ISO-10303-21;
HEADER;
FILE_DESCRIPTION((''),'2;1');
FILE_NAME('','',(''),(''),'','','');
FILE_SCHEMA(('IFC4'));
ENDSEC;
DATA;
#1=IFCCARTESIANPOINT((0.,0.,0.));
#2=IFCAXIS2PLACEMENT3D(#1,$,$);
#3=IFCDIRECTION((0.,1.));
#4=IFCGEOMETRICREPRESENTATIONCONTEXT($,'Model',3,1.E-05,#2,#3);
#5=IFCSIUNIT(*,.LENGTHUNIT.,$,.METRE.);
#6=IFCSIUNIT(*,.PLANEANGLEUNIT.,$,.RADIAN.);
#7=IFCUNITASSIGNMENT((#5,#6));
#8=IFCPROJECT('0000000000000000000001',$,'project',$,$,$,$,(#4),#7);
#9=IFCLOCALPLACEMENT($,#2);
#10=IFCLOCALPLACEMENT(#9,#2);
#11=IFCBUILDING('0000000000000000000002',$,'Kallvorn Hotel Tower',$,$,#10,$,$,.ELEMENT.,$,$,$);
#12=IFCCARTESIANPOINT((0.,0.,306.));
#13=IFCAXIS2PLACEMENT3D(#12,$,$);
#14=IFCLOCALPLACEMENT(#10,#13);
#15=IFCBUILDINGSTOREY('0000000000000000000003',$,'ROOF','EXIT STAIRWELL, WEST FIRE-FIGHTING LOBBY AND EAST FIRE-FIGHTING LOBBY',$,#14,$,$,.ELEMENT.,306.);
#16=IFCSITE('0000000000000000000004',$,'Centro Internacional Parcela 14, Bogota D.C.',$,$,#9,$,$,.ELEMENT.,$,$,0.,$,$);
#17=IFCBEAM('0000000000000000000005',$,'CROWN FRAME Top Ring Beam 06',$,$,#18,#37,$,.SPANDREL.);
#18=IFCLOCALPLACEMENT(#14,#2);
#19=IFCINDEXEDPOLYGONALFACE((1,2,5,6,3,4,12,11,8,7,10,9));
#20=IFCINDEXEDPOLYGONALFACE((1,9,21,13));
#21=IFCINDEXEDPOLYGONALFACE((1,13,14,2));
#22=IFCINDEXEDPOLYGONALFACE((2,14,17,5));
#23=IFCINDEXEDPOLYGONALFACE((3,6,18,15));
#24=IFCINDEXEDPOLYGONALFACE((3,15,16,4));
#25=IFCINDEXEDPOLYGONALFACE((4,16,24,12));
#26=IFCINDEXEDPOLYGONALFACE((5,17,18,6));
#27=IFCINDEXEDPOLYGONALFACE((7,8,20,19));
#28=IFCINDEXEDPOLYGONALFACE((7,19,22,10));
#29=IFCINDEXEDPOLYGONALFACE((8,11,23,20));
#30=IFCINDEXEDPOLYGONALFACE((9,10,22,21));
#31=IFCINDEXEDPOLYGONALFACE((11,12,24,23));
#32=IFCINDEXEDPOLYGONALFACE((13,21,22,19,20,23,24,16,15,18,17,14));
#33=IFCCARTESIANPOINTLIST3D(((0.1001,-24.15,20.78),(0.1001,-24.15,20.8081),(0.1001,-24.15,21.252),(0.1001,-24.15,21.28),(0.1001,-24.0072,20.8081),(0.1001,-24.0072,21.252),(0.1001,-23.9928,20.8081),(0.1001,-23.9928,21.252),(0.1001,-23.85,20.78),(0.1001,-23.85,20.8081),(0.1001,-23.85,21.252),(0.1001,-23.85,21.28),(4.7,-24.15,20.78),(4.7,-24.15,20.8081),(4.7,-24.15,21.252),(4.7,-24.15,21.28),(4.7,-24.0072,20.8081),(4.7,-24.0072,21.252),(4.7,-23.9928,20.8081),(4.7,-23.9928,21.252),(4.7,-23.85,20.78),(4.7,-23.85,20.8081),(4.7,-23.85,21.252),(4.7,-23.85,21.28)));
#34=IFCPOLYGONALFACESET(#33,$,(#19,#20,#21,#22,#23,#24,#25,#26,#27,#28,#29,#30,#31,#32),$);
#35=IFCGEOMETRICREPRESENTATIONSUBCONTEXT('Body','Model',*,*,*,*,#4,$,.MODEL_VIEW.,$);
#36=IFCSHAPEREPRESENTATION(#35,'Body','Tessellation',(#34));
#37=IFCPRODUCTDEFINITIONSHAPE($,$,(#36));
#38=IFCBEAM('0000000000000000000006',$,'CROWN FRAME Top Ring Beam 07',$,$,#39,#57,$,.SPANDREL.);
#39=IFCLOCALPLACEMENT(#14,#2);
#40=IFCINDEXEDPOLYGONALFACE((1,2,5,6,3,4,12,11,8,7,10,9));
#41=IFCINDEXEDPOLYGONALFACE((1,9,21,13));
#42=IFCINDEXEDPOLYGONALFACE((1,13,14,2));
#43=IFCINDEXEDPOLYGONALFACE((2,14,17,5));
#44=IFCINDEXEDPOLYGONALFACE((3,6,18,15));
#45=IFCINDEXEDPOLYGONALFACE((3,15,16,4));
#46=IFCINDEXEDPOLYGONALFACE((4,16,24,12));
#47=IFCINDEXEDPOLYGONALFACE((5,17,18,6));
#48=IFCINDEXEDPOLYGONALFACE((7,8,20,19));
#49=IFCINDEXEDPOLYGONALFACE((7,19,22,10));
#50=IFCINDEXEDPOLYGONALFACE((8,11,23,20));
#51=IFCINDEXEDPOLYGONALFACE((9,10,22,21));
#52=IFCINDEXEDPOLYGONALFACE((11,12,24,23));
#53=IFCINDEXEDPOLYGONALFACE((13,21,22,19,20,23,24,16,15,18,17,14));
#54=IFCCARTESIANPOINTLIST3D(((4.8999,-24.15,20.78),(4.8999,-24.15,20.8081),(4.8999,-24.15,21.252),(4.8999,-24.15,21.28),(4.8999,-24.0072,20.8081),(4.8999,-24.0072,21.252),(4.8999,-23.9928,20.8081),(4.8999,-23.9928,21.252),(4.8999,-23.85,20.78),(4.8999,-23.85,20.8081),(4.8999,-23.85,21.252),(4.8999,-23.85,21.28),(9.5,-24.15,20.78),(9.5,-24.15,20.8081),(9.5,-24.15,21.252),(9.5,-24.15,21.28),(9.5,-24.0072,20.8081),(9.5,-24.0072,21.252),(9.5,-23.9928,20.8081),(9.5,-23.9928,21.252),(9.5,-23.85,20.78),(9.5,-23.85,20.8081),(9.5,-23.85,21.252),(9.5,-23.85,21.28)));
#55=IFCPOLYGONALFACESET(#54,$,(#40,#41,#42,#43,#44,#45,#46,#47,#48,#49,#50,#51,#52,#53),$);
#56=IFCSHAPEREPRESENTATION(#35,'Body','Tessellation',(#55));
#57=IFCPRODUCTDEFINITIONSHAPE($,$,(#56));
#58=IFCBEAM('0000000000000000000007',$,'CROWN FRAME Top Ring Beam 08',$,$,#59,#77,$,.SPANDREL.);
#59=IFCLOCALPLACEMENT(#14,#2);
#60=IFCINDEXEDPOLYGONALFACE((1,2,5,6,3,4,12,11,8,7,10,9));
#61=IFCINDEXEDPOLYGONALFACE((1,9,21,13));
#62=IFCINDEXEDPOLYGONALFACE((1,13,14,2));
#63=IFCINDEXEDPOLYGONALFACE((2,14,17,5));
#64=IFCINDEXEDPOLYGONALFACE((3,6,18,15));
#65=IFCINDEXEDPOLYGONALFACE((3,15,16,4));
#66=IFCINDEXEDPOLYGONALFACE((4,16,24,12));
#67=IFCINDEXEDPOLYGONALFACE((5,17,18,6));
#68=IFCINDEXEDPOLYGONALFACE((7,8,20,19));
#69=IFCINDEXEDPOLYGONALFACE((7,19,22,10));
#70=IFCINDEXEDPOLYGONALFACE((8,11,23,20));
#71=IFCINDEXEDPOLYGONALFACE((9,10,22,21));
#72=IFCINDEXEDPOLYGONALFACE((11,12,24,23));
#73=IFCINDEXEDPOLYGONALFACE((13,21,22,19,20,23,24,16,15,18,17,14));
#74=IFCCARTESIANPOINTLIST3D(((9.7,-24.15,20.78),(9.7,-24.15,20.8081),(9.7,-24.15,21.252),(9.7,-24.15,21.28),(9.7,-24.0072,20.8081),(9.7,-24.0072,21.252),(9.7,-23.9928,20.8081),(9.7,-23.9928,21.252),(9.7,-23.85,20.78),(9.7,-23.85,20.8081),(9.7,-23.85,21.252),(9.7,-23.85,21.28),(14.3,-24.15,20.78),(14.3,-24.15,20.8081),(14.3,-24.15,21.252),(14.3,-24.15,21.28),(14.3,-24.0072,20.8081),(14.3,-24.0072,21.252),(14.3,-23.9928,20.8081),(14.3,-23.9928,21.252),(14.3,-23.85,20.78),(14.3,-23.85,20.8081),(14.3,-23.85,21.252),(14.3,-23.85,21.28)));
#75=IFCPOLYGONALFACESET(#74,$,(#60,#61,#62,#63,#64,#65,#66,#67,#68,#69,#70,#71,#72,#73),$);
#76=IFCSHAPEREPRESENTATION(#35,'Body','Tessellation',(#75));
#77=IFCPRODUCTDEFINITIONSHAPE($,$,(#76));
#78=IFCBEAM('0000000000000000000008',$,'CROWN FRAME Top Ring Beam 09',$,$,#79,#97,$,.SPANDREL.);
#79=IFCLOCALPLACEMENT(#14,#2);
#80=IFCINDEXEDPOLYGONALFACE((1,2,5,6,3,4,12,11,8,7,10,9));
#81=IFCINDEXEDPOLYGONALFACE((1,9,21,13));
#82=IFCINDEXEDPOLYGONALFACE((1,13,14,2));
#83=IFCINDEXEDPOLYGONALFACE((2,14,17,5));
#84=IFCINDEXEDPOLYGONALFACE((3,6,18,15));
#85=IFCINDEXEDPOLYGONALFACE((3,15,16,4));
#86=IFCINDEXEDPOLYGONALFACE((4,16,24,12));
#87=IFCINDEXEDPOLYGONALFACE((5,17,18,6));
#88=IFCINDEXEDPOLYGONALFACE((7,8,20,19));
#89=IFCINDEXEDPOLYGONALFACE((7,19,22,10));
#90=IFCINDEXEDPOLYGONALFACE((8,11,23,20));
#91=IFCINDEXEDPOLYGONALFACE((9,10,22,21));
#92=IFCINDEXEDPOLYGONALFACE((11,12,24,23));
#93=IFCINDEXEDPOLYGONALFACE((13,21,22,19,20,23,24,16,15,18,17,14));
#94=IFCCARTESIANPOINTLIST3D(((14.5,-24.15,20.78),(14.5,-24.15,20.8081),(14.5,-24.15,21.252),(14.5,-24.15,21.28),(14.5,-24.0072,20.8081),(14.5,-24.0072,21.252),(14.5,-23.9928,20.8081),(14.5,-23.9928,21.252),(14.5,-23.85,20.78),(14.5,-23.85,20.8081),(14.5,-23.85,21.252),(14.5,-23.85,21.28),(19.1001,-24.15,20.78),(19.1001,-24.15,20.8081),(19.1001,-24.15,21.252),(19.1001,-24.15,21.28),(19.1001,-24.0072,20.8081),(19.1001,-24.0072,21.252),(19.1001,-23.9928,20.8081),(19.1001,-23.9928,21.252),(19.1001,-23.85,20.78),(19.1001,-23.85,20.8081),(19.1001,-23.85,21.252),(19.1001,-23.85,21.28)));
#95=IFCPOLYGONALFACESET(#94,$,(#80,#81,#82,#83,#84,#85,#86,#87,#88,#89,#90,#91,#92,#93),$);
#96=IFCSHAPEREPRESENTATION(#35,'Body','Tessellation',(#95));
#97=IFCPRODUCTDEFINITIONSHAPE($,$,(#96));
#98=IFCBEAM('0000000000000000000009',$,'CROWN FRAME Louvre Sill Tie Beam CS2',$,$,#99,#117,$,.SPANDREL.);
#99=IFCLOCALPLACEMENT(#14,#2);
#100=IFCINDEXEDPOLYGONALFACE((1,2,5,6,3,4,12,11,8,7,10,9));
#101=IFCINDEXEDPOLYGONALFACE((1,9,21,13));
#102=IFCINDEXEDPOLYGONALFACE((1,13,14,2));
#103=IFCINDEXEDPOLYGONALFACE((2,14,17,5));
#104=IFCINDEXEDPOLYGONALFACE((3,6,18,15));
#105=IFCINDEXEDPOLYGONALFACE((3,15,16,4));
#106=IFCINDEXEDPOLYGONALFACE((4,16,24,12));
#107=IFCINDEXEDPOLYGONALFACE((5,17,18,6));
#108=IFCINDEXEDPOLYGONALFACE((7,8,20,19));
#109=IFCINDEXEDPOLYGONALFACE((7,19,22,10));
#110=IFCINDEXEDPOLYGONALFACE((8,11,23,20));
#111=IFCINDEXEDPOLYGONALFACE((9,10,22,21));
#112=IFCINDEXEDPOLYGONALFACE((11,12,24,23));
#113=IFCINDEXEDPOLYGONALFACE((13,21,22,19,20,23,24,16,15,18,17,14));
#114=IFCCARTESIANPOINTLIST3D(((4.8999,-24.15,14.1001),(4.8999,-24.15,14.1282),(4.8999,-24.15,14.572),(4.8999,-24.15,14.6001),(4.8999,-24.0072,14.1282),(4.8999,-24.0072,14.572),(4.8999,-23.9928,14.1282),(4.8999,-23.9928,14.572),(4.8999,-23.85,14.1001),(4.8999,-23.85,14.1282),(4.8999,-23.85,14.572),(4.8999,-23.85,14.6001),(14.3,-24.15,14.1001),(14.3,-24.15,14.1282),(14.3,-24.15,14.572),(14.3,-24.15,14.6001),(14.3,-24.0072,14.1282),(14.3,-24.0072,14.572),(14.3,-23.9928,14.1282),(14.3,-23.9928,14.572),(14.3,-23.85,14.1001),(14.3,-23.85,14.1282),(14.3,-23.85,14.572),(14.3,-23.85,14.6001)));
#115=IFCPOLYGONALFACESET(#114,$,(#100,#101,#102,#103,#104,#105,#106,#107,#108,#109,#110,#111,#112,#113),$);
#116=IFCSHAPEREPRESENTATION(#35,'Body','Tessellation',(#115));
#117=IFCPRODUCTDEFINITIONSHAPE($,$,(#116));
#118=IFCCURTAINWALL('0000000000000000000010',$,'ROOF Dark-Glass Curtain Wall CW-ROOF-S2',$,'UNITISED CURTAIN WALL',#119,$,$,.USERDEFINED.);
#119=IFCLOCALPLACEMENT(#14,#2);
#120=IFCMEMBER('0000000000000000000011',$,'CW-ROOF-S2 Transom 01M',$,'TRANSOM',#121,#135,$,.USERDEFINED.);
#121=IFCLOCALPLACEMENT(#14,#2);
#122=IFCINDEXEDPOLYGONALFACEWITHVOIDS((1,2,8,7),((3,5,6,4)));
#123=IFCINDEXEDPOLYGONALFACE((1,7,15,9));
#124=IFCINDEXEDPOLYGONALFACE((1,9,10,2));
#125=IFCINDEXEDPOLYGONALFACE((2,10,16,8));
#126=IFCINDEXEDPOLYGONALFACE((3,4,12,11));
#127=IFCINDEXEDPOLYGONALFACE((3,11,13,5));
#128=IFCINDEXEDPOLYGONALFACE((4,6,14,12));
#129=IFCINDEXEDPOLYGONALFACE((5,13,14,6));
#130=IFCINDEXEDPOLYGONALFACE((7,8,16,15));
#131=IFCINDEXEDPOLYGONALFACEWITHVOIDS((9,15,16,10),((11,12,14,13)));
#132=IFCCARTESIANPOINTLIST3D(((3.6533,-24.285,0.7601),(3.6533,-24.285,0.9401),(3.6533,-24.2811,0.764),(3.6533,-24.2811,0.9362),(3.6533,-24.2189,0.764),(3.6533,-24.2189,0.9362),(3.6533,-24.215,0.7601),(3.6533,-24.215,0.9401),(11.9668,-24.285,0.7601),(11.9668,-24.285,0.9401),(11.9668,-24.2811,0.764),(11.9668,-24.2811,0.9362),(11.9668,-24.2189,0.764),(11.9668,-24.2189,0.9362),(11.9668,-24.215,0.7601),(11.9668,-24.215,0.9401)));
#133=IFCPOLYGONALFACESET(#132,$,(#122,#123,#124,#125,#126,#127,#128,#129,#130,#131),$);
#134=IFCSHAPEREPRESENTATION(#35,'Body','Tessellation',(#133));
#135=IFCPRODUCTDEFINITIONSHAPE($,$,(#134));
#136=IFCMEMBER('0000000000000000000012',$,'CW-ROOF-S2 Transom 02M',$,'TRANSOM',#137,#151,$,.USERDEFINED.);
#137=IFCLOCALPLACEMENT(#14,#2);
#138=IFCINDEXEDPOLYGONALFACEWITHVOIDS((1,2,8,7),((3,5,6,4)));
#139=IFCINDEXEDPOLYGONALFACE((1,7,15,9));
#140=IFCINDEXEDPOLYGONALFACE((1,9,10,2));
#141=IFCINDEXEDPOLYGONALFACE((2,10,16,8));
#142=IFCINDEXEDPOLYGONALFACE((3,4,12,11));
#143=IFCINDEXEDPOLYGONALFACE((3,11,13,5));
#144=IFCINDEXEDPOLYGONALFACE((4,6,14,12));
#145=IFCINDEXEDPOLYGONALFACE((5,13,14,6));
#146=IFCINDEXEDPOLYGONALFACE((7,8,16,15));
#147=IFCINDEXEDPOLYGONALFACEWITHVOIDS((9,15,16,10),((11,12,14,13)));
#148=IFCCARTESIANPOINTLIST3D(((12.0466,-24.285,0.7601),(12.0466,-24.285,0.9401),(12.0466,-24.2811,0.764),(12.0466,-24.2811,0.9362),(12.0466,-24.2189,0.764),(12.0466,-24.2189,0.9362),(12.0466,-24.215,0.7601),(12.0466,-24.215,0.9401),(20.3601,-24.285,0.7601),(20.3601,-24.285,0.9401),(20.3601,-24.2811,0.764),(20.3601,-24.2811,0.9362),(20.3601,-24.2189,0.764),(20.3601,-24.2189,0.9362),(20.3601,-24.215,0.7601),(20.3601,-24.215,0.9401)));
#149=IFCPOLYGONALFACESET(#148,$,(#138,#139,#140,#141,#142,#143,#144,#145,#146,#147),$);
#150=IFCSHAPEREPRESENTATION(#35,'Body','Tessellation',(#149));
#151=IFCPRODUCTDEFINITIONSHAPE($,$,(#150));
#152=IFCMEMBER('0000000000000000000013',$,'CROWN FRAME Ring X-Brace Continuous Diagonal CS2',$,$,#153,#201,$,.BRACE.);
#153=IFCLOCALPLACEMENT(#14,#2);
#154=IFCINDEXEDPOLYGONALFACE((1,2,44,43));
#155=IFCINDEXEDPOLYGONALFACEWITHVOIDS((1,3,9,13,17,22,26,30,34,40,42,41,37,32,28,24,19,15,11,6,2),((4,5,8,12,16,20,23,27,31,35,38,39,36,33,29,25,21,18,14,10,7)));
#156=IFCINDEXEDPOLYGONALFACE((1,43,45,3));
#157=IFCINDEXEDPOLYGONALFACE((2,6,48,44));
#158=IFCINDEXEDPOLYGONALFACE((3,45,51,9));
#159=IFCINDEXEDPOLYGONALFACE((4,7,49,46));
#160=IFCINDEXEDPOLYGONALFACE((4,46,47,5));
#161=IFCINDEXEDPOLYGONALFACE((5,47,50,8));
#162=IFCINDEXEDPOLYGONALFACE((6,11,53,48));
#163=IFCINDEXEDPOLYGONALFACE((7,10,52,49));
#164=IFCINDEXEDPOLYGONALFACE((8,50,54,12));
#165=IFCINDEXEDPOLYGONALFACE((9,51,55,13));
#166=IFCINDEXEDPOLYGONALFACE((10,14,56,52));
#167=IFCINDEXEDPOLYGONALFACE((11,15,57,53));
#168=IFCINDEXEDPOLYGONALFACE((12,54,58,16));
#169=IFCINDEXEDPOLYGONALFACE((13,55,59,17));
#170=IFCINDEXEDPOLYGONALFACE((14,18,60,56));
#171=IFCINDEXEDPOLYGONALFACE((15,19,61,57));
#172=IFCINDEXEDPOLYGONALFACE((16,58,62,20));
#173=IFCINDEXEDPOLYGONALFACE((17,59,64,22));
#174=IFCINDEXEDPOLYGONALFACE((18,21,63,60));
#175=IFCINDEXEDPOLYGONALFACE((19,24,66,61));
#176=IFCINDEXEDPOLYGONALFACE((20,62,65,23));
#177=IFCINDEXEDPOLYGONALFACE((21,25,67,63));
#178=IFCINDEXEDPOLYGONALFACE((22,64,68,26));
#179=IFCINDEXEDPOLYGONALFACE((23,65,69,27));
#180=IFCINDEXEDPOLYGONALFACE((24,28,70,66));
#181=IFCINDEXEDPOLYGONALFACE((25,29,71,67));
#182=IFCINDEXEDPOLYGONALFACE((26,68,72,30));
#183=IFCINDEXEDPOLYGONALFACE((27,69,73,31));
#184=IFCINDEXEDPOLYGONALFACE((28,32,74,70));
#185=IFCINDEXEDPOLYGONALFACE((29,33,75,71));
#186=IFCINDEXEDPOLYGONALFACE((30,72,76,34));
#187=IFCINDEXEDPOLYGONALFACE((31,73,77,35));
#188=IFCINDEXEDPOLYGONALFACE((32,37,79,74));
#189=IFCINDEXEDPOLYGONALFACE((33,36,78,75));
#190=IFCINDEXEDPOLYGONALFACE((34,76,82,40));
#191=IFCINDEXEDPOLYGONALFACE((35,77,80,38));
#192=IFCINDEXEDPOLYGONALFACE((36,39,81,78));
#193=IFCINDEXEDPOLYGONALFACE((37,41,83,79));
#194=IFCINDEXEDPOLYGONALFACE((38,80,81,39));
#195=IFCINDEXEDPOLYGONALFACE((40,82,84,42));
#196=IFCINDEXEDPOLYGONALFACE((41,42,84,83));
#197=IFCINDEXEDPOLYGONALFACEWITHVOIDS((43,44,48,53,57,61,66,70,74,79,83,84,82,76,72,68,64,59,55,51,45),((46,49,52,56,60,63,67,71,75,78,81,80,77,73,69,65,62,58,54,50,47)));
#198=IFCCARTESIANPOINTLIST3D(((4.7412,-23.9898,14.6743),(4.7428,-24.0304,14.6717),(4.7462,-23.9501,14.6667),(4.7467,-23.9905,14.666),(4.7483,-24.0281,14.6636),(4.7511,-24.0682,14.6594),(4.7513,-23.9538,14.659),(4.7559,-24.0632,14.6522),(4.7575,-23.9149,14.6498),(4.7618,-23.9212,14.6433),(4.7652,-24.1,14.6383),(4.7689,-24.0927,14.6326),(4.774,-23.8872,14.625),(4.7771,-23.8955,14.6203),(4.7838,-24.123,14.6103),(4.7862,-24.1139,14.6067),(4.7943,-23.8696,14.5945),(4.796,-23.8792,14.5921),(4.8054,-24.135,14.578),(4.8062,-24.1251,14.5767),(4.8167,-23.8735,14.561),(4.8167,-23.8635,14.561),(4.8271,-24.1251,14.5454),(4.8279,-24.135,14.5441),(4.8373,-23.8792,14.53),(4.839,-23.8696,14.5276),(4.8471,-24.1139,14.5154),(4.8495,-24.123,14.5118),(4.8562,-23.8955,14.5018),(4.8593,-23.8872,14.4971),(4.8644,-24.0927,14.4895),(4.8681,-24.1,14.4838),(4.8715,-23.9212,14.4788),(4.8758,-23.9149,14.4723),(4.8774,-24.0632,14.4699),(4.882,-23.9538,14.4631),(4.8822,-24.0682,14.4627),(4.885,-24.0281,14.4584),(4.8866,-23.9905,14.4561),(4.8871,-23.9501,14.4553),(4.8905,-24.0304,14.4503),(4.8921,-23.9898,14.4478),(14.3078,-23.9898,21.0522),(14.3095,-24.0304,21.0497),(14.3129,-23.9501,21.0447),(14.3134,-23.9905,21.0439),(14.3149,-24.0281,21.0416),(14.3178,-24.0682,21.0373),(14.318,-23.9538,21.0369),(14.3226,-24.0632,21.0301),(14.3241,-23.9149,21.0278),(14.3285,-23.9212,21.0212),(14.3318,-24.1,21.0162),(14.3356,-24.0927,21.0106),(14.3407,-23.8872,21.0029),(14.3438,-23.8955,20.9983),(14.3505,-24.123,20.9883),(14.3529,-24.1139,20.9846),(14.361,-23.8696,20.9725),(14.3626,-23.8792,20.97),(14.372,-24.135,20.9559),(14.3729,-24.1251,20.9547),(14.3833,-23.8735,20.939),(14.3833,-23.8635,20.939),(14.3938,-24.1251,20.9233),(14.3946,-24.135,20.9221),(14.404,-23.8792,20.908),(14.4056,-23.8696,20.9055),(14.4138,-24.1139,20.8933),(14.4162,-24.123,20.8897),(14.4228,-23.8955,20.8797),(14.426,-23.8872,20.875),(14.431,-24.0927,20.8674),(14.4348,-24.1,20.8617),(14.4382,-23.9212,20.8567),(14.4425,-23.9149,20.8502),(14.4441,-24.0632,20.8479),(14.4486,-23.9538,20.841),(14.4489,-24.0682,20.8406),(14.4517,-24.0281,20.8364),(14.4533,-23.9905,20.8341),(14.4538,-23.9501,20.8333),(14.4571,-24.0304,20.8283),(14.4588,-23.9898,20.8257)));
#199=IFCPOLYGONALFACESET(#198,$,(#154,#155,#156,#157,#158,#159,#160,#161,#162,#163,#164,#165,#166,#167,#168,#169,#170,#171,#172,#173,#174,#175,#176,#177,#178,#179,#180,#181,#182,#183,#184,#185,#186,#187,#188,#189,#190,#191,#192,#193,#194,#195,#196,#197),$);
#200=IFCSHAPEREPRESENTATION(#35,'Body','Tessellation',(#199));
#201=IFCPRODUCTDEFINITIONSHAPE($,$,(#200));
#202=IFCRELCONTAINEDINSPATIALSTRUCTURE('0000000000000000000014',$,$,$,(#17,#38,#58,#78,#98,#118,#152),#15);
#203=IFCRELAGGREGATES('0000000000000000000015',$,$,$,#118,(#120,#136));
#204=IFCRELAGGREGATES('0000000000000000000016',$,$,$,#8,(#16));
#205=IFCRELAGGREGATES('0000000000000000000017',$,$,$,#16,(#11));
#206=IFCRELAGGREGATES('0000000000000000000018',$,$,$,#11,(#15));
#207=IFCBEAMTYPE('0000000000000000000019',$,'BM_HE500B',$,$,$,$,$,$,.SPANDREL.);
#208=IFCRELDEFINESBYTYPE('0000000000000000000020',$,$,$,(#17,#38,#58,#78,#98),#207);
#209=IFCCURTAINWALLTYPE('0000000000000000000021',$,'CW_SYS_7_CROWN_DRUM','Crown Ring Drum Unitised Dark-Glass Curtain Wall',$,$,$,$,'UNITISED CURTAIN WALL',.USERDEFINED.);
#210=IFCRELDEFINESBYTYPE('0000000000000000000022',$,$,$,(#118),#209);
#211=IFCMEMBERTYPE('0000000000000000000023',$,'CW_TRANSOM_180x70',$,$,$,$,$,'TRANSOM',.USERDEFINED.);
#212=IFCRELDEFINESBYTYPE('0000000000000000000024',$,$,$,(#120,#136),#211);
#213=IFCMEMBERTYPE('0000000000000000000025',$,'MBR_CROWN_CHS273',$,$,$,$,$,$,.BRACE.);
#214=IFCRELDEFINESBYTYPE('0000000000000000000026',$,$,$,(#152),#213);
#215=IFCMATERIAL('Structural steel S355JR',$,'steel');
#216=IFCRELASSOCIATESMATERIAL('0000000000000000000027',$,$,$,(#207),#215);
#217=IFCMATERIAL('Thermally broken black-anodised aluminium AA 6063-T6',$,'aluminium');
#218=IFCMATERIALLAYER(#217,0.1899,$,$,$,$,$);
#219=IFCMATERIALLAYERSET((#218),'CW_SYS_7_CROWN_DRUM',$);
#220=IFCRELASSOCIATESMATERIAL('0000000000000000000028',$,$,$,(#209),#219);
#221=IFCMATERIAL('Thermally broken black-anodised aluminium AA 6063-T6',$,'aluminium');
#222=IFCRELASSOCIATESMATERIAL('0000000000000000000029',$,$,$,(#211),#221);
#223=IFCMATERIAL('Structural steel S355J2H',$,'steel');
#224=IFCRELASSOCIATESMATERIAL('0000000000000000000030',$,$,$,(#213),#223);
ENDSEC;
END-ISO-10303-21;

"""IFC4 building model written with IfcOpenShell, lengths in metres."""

from ifc_helpers import new_model, si_unit, direction, frame, origin, origin_2d, place, context, subcontext, project, spatial, hollow_rectangle, hollow_circle, i_section, extrude, material, layer, layer_set, material_profile, profile_set, type_object, element, aggregate, save


model = new_model("IFC4")

# Units and contexts
model_context = context("Model", 3, precision=1e-05, world=origin(), true_north=direction((0.0, 1.0)))
body_context = subcontext(model_context, "Body", "Model", "MODEL_VIEW")
ifc_project = project(units=[si_unit("LENGTHUNIT", "METRE"), si_unit("PLANEANGLEUNIT", "RADIAN")], contexts=[model_context])

# Site, building, storey
site_placement = place(None, origin())
site = spatial("IfcSite", under=ifc_project, at=site_placement, Name="Centro Internacional Parcela 14, Bogota D.C.", CompositionType="ELEMENT", RefElevation=0.0)
building_placement = place(site_placement, origin())
building = spatial("IfcBuilding", under=site, at=building_placement, Name="Kallvorn Hotel Tower", CompositionType="ELEMENT")
storey_placement = place(building_placement, frame((0.0, 0.0, 306.0)))
storey = spatial("IfcBuildingStorey", under=building, at=storey_placement, Name="ROOF", Description="EXIT STAIRWELL, WEST FIRE-FIGHTING LOBBY AND EAST FIRE-FIGHTING LOBBY", CompositionType="ELEMENT", Elevation=306.0)

# Beams
ifc_material_1 = material(Name="Structural steel S355JR", Category="steel")
ifc_material_profile_1 = material_profile(ifc_material_1, i_section(OverallWidth=0.3, OverallDepth=0.5, WebThickness=0.0144, FlangeThickness=0.0281, at=origin_2d()), Name="HE 500 B")
ifc_profile_set_1 = profile_set([ifc_material_profile_1], Name="Structural steel S355JR")
beam_type = type_object("IfcBeamType", Name="BM_HE500B", PredefinedType="SPANDREL", material=ifc_profile_set_1)
beam_1_placement = place(storey_placement, frame((0.1001, -24.0, 21.03), z_axis=(1.0, 0.0, 0.0), x_axis=(0.0, 1.0, 0.0)))
element("IfcBeam", 1, at=beam_1_placement, inside=storey, type_object=beam_type, Name="CROWN FRAME Top Ring Beam 06", PredefinedType="SPANDREL", context=body_context, shape_type="SweptSolid", body=[
    extrude(i_section(OverallWidth=0.3, OverallDepth=0.5, WebThickness=0.0144, FlangeThickness=0.0281, at=origin_2d()), origin(), (0.0, 0.0, 1.0), 4.5999),
])
for number, where, z_axis, x_axis, name in (
    (2, (4.8999, -24.0, 21.03), (1.0, 0.0, 0.0), (0.0, 1.0, 0.0), "CROWN FRAME Top Ring Beam 07"),
    (3, (9.7, -24.0, 21.03), (1.0, 0.0, 0.0), (0.0, 1.0, 0.0), "CROWN FRAME Top Ring Beam 08"),
    (4, (14.5, -24.0, 21.03), (1.0, 0.0, 0.0), (0.0, 1.0, 0.0), "CROWN FRAME Top Ring Beam 09"),
):
    element("IfcBeam", number, at=place(storey_placement, frame(where, z_axis=z_axis, x_axis=x_axis)), inside=storey, type_object=beam_type, Name=name, PredefinedType="SPANDREL", context=body_context, shape_type="SweptSolid", body=[
        extrude(i_section(OverallWidth=0.3, OverallDepth=0.5, WebThickness=0.0144, FlangeThickness=0.0281, at=origin_2d()), origin(), (0.0, 0.0, 1.0), 4.6001),
    ])
beam_2_placement = place(storey_placement, frame((4.8999, -24.0, 14.3501), z_axis=(1.0, 0.0, 0.0), x_axis=(0.0, 1.0, 0.0)))
element("IfcBeam", 5, at=beam_2_placement, inside=storey, type_object=beam_type, Name="CROWN FRAME Louvre Sill Tie Beam CS2", PredefinedType="SPANDREL", context=body_context, shape_type="SweptSolid", body=[
    extrude(i_section(OverallWidth=0.3, OverallDepth=0.5, WebThickness=0.0144, FlangeThickness=0.0281, at=origin_2d()), origin(), (0.0, 0.0, 1.0), 9.4001),
])

# Curtain wall, members
ifc_material_2 = material(Name="Thermally broken black-anodised aluminium AA 6063-T6", Category="aluminium")
ifc_layer_1 = layer(ifc_material_2, 0.1899)
ifc_layer_set_1 = layer_set([ifc_layer_1], Name="CW_SYS_7_CROWN_DRUM")
curtain_wall_type = type_object("IfcCurtainWallType", Name="CW_SYS_7_CROWN_DRUM", Description="Crown Ring Drum Unitised Dark-Glass Curtain Wall", ElementType="UNITISED CURTAIN WALL", PredefinedType="USERDEFINED", material=ifc_layer_set_1)
curtain_wall_placement = place(storey_placement, origin())
curtain_wall = element("IfcCurtainWall", 6, at=curtain_wall_placement, inside=storey, type_object=curtain_wall_type, Name="ROOF Dark-Glass Curtain Wall CW-ROOF-S2", ObjectType="UNITISED CURTAIN WALL", PredefinedType="USERDEFINED")
ifc_material_3 = material(Name="Thermally broken black-anodised aluminium AA 6063-T6", Category="aluminium")
ifc_material_profile_2 = material_profile(ifc_material_3, hollow_rectangle(XDim=0.0701, YDim=0.1799, WallThickness=0.0039, at=origin_2d()), Name="TRN 180x70")
ifc_profile_set_2 = profile_set([ifc_material_profile_2], Name="Thermally broken black-anodised aluminium AA 6063-T6")
member_type_1 = type_object("IfcMemberType", Name="CW_TRANSOM_180x70", ElementType="TRANSOM", PredefinedType="USERDEFINED", material=ifc_profile_set_2)
member_1_placement = place(storey_placement, frame((3.6533, -24.25, 0.8501), z_axis=(1.0, 0.0, 0.0), x_axis=(0.0, 1.0, 0.0)))
member_1 = element("IfcMember", 7, at=member_1_placement, type_object=member_type_1, Name="CW-ROOF-S2 Transom 01M", ObjectType="TRANSOM", PredefinedType="USERDEFINED", context=body_context, shape_type="SweptSolid", body=[
    extrude(hollow_rectangle(XDim=0.0701, YDim=0.1799, WallThickness=0.0039, at=origin_2d()), origin(), (0.0, 0.0, 1.0), 8.3135),
])
member_2_placement = place(storey_placement, frame((12.0466, -24.25, 0.8501), z_axis=(1.0, 0.0, 0.0), x_axis=(0.0, 1.0, 0.0)))
member_2 = element("IfcMember", 8, at=member_2_placement, type_object=member_type_1, Name="CW-ROOF-S2 Transom 02M", ObjectType="TRANSOM", PredefinedType="USERDEFINED", context=body_context, shape_type="SweptSolid", body=[
    extrude(hollow_rectangle(XDim=0.0701, YDim=0.1799, WallThickness=0.0039, at=origin_2d()), origin(), (0.0, 0.0, 1.0), 8.3135),
])
aggregate(curtain_wall, [member_1, member_2])

# Member
ifc_material_4 = material(Name="Structural steel S355J2H", Category="steel")
ifc_material_profile_3 = material_profile(ifc_material_4, hollow_circle(Radius=0.1365, WallThickness=0.01, at=origin_2d()), Name="CHS 273x10")
ifc_profile_set_3 = profile_set([ifc_material_profile_3], Name="Structural steel S355J2H")
member_type_2 = type_object("IfcMemberType", Name="MBR_CROWN_CHS273", PredefinedType="BRACE", material=ifc_profile_set_3)
member_3_placement = place(storey_placement, frame((4.8167, -24.0, 14.561), z_axis=(0.832044, 0.0, 0.55471), x_axis=(0.0, 1.0, 0.0)))
element("IfcMember", 9, at=member_3_placement, inside=storey, type_object=member_type_2, Name="CROWN FRAME Ring X-Brace Continuous Diagonal CS2", PredefinedType="BRACE", context=body_context, shape_type="SweptSolid", body=[
    extrude(hollow_circle(Radius=0.1365, WallThickness=0.01, at=origin_2d()), origin(), (0.0, 0.0, 1.0), 11.4978),
])

save(model, "model.ifc")
